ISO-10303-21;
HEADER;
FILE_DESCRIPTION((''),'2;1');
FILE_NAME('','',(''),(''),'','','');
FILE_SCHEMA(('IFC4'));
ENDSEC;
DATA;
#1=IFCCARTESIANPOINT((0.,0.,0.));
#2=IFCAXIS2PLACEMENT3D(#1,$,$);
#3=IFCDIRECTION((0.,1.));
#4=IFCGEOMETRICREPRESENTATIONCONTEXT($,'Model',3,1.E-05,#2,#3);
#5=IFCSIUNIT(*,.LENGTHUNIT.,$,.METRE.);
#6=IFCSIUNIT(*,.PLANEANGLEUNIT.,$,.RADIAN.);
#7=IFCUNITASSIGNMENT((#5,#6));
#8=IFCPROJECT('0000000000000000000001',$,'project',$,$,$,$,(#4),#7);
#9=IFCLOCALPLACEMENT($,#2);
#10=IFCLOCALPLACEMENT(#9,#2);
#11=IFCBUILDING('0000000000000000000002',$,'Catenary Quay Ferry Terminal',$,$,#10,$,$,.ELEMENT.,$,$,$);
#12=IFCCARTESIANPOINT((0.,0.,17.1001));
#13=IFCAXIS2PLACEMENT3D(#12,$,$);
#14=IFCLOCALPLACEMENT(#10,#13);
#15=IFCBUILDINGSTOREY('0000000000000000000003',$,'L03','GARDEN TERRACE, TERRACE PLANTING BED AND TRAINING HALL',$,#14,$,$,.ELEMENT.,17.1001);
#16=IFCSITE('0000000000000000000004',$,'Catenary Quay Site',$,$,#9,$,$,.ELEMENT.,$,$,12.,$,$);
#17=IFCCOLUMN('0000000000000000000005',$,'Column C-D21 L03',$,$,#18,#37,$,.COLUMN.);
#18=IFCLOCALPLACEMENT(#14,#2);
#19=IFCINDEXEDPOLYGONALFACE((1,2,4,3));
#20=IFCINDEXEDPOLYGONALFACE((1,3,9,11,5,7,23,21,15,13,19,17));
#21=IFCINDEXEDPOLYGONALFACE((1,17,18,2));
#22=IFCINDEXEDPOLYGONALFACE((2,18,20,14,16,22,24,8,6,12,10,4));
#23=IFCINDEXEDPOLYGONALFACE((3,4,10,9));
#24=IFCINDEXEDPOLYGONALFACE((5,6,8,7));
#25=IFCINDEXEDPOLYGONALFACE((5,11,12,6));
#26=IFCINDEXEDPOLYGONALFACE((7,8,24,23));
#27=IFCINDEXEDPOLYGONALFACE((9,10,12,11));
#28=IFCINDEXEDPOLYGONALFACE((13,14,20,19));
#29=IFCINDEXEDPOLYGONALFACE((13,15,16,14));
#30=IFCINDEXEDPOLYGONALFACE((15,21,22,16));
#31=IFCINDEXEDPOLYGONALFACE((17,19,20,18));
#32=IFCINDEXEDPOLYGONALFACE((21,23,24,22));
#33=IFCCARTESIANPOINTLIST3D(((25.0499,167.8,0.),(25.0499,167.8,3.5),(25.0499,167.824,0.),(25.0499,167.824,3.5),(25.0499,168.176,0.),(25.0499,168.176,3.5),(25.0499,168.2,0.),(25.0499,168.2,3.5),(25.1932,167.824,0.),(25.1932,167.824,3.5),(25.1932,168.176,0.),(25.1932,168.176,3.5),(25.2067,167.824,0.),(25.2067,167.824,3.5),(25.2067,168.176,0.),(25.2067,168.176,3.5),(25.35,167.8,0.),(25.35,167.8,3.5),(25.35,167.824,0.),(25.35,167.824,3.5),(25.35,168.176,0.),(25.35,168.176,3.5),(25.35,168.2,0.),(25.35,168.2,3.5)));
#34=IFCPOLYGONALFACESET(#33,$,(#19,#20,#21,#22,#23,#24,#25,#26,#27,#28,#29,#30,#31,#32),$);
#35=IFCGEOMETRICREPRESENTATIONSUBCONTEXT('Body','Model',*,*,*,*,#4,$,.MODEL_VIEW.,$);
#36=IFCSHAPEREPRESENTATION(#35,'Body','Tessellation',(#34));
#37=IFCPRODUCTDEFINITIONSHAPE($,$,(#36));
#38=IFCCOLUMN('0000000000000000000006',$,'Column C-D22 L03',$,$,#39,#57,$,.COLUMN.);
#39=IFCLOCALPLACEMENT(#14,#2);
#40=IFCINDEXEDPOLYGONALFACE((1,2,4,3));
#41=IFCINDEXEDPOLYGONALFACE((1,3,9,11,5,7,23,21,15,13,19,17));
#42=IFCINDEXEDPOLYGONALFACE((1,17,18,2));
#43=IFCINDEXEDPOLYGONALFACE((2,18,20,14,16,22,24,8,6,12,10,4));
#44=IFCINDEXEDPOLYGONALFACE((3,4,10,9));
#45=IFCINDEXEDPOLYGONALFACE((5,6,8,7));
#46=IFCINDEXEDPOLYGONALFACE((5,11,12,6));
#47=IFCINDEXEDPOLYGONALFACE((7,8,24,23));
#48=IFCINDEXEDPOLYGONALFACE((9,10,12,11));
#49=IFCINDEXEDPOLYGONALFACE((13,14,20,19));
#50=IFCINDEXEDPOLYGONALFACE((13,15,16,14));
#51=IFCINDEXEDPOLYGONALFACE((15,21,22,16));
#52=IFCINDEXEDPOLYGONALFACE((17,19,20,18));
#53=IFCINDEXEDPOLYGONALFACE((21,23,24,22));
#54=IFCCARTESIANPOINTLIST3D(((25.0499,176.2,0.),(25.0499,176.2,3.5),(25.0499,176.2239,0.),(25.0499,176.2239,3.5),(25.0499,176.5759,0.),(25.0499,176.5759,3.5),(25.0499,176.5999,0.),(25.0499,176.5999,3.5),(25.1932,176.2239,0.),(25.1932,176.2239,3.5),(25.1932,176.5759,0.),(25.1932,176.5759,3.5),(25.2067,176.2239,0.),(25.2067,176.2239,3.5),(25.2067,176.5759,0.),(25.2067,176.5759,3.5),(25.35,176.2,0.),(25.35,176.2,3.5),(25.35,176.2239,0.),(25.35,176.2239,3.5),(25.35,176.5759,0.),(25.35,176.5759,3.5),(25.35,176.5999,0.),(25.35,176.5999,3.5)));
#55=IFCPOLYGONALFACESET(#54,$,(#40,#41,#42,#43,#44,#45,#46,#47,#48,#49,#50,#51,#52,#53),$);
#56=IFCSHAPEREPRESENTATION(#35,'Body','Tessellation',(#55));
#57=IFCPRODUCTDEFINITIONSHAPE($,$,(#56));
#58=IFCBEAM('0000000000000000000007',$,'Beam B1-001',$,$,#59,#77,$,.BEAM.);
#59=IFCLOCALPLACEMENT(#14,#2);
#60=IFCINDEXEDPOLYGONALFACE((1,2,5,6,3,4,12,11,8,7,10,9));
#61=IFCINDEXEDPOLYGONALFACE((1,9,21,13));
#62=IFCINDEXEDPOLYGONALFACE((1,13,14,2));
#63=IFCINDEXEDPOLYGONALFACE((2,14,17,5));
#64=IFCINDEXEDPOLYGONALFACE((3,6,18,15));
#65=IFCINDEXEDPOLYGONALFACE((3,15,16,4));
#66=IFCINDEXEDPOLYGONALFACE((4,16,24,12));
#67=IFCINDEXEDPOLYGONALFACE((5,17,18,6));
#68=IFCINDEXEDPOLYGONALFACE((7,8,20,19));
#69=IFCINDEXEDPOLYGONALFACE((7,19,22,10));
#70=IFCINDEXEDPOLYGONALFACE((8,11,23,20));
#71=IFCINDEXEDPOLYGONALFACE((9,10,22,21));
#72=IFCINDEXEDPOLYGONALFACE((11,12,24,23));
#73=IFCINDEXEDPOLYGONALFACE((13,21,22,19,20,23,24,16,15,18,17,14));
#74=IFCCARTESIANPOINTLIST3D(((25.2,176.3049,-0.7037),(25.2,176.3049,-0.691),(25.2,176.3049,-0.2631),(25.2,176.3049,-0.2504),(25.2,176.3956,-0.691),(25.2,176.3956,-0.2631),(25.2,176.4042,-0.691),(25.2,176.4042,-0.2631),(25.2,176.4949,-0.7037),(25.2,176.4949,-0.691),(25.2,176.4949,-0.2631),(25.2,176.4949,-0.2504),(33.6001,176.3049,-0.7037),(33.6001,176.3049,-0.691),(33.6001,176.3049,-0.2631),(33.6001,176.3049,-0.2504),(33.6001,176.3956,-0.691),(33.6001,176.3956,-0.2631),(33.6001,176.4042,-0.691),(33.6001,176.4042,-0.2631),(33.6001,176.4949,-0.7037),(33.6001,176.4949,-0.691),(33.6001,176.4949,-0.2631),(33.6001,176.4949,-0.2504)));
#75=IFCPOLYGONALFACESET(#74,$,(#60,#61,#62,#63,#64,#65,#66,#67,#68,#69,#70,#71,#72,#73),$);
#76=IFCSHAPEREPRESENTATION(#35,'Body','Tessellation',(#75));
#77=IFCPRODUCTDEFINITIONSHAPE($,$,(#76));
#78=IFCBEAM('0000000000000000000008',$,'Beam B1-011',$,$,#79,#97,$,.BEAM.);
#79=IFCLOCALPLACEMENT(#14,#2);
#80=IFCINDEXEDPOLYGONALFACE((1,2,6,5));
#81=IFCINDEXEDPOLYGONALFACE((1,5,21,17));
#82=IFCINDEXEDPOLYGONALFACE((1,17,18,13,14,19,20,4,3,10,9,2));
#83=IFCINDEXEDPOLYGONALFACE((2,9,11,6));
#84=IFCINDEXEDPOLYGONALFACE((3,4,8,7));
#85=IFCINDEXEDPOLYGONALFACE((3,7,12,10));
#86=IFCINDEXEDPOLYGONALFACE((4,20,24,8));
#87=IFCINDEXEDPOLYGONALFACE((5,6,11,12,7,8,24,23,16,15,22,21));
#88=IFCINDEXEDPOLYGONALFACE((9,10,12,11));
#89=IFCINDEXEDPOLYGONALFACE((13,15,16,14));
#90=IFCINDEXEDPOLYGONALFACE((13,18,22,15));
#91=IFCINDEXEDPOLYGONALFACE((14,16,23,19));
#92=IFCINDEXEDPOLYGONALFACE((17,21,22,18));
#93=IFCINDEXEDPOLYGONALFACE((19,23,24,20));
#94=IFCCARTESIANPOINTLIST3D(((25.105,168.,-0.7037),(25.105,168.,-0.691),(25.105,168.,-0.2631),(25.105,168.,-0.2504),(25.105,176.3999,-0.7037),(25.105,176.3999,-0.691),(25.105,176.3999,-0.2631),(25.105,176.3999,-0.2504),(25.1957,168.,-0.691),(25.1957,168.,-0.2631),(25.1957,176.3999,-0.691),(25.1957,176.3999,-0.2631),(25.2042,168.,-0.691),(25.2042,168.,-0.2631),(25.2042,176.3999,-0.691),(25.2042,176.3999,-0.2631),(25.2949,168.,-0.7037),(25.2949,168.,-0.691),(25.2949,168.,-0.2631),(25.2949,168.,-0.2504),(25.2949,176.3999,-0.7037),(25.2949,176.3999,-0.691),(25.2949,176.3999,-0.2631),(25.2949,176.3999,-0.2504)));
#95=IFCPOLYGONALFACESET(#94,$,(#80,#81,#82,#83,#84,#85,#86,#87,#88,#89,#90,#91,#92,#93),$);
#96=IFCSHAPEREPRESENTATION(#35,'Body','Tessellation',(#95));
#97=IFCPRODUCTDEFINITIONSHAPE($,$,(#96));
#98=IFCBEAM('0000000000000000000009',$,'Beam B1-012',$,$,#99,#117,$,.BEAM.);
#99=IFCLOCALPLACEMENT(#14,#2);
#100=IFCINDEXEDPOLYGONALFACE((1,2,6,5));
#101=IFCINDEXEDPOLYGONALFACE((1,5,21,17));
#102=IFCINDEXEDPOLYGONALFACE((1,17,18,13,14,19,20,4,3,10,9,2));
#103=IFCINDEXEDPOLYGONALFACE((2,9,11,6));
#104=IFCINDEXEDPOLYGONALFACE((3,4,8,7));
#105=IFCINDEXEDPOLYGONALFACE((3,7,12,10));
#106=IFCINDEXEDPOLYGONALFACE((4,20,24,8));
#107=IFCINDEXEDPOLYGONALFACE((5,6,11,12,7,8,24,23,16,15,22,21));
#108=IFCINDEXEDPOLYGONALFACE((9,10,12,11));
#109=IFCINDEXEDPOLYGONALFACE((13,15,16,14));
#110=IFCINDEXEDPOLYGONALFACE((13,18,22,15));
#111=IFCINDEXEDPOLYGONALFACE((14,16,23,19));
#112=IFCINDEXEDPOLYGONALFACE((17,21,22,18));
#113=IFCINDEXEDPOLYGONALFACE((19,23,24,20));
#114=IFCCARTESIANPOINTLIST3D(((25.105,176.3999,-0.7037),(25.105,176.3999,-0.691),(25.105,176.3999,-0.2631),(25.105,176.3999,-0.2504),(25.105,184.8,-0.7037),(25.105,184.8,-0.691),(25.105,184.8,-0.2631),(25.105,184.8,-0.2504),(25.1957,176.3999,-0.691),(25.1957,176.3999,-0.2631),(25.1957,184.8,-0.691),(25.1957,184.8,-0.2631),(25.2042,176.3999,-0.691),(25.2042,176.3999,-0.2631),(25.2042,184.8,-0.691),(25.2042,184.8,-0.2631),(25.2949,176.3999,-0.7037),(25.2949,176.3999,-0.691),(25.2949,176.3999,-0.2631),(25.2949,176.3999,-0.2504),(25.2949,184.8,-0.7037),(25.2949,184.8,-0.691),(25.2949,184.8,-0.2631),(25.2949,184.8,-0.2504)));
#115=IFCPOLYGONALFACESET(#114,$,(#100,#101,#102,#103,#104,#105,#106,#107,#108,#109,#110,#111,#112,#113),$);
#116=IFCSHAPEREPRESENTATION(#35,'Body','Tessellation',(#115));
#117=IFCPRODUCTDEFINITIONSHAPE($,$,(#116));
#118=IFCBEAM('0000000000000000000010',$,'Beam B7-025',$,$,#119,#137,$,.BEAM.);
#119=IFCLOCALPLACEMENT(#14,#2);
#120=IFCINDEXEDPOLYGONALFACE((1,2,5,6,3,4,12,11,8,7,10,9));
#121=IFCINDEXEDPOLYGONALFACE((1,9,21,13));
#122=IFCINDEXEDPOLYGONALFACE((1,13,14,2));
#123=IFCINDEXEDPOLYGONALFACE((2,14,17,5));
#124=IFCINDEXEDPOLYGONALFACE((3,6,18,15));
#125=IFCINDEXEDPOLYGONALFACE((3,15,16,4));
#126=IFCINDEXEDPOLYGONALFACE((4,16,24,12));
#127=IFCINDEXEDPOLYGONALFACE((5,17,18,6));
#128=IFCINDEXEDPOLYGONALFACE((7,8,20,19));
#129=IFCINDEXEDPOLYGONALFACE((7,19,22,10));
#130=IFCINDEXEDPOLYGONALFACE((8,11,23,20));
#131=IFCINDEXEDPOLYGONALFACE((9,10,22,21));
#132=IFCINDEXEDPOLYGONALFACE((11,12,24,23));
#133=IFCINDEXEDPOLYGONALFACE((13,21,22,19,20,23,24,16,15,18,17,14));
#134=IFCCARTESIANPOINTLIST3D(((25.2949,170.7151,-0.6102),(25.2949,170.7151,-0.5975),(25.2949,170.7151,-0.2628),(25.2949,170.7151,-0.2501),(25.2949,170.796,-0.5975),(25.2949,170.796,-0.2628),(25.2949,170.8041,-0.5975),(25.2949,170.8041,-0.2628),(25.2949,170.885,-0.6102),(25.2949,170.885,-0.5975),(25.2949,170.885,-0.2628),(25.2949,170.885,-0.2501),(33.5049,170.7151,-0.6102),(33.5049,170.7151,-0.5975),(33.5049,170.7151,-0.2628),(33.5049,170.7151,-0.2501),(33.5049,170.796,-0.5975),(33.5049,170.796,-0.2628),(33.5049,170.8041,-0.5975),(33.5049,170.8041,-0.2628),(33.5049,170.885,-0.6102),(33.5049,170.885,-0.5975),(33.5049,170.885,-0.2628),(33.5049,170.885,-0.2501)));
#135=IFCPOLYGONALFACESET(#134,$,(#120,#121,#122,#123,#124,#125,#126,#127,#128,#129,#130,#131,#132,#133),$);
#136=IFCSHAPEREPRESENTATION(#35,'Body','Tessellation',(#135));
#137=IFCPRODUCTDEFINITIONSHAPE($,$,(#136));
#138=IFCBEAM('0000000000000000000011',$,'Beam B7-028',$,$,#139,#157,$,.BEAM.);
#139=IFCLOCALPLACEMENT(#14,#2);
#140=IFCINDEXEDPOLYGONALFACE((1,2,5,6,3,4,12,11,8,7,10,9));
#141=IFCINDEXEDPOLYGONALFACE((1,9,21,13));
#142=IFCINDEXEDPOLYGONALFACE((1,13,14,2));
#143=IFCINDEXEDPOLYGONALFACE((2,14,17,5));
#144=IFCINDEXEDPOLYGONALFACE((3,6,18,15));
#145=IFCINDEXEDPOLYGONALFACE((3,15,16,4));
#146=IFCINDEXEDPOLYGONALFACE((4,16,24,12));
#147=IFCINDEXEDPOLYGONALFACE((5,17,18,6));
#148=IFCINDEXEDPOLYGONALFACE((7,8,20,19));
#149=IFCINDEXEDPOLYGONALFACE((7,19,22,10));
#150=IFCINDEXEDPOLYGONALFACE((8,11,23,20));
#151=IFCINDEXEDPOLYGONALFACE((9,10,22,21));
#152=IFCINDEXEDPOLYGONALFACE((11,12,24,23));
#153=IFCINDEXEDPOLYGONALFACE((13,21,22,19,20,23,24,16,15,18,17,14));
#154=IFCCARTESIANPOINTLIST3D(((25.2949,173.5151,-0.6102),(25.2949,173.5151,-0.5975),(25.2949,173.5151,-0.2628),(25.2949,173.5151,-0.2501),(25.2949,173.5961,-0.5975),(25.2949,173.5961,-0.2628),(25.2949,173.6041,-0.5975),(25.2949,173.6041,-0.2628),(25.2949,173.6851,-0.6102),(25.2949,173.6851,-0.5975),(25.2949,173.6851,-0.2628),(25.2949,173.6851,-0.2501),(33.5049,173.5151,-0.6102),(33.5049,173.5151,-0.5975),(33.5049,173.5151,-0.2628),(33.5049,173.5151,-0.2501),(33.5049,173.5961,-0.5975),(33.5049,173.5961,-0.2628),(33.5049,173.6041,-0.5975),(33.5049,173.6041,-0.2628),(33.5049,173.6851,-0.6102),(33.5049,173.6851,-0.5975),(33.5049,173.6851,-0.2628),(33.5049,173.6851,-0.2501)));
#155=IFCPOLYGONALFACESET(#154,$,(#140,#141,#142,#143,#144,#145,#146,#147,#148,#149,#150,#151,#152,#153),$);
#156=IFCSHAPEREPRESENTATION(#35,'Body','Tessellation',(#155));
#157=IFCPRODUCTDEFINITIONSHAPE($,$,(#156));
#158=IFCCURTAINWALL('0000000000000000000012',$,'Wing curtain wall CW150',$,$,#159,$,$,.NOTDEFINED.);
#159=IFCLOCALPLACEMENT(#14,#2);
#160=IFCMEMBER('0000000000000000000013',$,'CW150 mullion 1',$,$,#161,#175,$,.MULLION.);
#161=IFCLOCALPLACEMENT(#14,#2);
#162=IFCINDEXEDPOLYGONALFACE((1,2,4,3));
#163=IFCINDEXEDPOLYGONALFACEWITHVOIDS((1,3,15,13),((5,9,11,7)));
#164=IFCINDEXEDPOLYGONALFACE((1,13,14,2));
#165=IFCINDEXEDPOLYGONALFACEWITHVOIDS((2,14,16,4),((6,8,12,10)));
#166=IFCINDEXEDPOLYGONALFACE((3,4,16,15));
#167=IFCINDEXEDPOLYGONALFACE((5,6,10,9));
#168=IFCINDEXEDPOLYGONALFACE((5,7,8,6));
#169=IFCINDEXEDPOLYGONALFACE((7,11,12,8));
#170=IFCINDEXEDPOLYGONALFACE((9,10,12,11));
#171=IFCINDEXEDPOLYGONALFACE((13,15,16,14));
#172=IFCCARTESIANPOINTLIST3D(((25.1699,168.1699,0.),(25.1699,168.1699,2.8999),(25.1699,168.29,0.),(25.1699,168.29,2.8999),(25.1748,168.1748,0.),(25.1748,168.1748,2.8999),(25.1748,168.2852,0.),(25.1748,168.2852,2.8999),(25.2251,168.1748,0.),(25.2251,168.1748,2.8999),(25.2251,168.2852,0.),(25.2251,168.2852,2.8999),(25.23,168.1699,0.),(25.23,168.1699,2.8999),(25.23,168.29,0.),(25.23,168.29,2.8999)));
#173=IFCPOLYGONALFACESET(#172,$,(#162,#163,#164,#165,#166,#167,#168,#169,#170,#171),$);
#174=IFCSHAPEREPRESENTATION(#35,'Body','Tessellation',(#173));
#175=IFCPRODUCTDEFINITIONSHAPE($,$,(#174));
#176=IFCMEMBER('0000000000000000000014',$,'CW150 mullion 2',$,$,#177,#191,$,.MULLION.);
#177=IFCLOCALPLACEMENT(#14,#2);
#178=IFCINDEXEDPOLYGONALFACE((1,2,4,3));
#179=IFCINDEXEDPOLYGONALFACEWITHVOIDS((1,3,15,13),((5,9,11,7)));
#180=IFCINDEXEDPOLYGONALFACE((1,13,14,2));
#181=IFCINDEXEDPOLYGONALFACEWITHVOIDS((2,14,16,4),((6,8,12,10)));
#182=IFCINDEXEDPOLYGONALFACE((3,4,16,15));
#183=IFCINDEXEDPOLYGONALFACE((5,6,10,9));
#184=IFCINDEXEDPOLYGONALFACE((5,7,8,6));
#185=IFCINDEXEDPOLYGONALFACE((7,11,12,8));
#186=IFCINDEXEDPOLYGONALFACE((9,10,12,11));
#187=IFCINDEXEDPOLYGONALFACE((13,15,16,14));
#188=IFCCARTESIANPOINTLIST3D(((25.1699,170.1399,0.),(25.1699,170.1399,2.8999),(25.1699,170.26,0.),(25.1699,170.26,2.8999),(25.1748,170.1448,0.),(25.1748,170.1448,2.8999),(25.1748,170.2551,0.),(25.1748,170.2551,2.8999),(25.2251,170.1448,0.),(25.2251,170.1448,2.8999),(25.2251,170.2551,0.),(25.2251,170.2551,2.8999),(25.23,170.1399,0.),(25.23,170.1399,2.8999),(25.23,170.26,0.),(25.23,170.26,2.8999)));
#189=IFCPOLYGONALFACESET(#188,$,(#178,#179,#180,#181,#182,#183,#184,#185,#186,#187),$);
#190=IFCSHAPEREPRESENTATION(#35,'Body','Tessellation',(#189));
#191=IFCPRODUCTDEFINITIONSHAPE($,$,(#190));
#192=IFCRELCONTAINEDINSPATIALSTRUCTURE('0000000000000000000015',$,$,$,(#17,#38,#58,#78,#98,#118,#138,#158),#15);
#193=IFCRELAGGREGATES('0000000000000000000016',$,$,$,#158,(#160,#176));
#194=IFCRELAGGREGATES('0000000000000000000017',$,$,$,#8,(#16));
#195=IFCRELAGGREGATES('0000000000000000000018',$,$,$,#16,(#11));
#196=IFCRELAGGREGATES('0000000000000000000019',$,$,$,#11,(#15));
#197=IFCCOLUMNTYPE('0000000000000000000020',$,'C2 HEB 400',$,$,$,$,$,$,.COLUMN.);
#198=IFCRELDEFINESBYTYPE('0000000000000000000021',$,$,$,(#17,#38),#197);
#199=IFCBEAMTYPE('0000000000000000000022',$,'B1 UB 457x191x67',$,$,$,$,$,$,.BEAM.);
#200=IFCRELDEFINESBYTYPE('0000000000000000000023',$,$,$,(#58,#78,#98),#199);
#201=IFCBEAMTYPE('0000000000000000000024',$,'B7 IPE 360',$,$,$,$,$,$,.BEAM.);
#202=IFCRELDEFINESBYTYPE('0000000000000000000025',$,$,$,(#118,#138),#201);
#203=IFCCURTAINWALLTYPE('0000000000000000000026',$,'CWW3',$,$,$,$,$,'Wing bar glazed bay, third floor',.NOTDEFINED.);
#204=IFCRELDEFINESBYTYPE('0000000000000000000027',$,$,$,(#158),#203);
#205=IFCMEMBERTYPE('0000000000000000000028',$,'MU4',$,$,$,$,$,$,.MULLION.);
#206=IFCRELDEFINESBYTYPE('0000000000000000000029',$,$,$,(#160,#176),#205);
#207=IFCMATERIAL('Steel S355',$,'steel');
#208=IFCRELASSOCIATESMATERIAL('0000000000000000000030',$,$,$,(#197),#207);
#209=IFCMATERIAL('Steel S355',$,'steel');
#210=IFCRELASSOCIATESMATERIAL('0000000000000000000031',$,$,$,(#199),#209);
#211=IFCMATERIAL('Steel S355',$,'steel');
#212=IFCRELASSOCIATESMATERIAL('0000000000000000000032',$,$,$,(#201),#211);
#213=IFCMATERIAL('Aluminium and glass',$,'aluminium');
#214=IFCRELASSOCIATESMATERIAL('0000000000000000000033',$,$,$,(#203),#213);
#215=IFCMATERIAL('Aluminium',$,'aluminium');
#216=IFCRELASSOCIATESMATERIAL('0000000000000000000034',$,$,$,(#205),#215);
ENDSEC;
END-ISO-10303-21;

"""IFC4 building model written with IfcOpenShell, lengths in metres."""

from ifc_helpers import new_model, si_unit, direction, frame, origin, origin_2d, place, context, subcontext, project, spatial, hollow_rectangle, i_section, extrude, material, material_profile, profile_set, type_object, element, aggregate, save


model = new_model("IFC4")

# Units and contexts
model_context = context("Model", 3, precision=1e-05, world=origin(), true_north=direction((0.0, 1.0)))
body_context = subcontext(model_context, "Body", "Model", "MODEL_VIEW")
ifc_project = project(units=[si_unit("LENGTHUNIT", "METRE"), si_unit("PLANEANGLEUNIT", "RADIAN")], contexts=[model_context])

# Site, building, storey
site_placement = place(None, origin())
site = spatial("IfcSite", under=ifc_project, at=site_placement, Name="Catenary Quay Site", CompositionType="ELEMENT", RefElevation=12.0)
building_placement = place(site_placement, origin())
building = spatial("IfcBuilding", under=site, at=building_placement, Name="Catenary Quay Ferry Terminal", CompositionType="ELEMENT")
storey_placement = place(building_placement, frame((0.0, 0.0, 17.1001)))
storey = spatial("IfcBuildingStorey", under=building, at=storey_placement, Name="L03", Description="GARDEN TERRACE, TERRACE PLANTING BED AND TRAINING HALL", CompositionType="ELEMENT", Elevation=17.1001)

# Columns
ifc_material_1 = material(Name="Steel S355", Category="steel")
ifc_material_profile_1 = material_profile(ifc_material_1, i_section(OverallWidth=0.3, OverallDepth=0.3999, WebThickness=0.0134, FlangeThickness=0.0239, at=origin_2d()), Name="HEB 400")
ifc_profile_set_1 = profile_set([ifc_material_profile_1], Name="Steel S355")
column_type = type_object("IfcColumnType", Name="C2 HEB 400", PredefinedType="COLUMN", material=ifc_profile_set_1)
for number, where, z_axis, x_axis, name in (
    (1, (25.2, 168.0, 0.0), (0.0, 0.0, 1.0), (1.0, 0.0, 0.0), "Column C-D21 L03"),
    (2, (25.2, 176.3999, 0.0), (0.0, 0.0, 1.0), (1.0, 0.0, 0.0), "Column C-D22 L03"),
):
    element("IfcColumn", number, at=place(storey_placement, frame(where, z_axis=z_axis, x_axis=x_axis)), inside=storey, type_object=column_type, Name=name, PredefinedType="COLUMN", context=body_context, shape_type="SweptSolid", body=[
        extrude(i_section(OverallWidth=0.3, OverallDepth=0.3999, WebThickness=0.0134, FlangeThickness=0.0239, at=origin_2d()), origin(), (0.0, 0.0, 1.0), 3.5),
    ])

# Beams
ifc_material_2 = material(Name="Steel S355", Category="steel")
ifc_material_profile_2 = material_profile(ifc_material_2, i_section(OverallWidth=0.1899, OverallDepth=0.4534, WebThickness=0.0085, FlangeThickness=0.0127, at=origin_2d()), Name="UB 457x191x67")
ifc_profile_set_2 = profile_set([ifc_material_profile_2], Name="Steel S355")
beam_type_1 = type_object("IfcBeamType", Name="B1 UB 457x191x67", PredefinedType="BEAM", material=ifc_profile_set_2)
beam_1_placement = place(storey_placement, frame((25.2, 176.3999, -0.4771), z_axis=(1.0, 0.0, 0.0), x_axis=(0.0, 1.0, 0.0)))
element("IfcBeam", 3, at=beam_1_placement, inside=storey, type_object=beam_type_1, Name="Beam B1-001", PredefinedType="BEAM", context=body_context, shape_type="SweptSolid", body=[
    extrude(i_section(OverallWidth=0.1899, OverallDepth=0.4534, WebThickness=0.0085, FlangeThickness=0.0127, at=origin_2d()), origin(), (0.0, 0.0, 1.0), 8.4001),
])
beam_2_placement = place(storey_placement, frame((25.2, 168.0, -0.4771), z_axis=(0.0, 1.0, 0.0), x_axis=(-1.0, 0.0, 0.0)))
element("IfcBeam", 4, at=beam_2_placement, inside=storey, type_object=beam_type_1, Name="Beam B1-011", PredefinedType="BEAM", context=body_context, shape_type="SweptSolid", body=[
    extrude(i_section(OverallWidth=0.1899, OverallDepth=0.4534, WebThickness=0.0085, FlangeThickness=0.0127, at=origin_2d()), origin(), (0.0, 0.0, 1.0), 8.3999),
])
beam_3_placement = place(storey_placement, frame((25.2, 176.3999, -0.4771), z_axis=(0.0, 1.0, 0.0), x_axis=(-1.0, 0.0, 0.0)))
element("IfcBeam", 5, at=beam_3_placement, inside=storey, type_object=beam_type_1, Name="Beam B1-012", PredefinedType="BEAM", context=body_context, shape_type="SweptSolid", body=[
    extrude(i_section(OverallWidth=0.1899, OverallDepth=0.4534, WebThickness=0.0085, FlangeThickness=0.0127, at=origin_2d()), origin(), (0.0, 0.0, 1.0), 8.4001),
])
ifc_material_3 = material(Name="Steel S355", Category="steel")
ifc_material_profile_3 = material_profile(ifc_material_3, i_section(OverallWidth=0.1699, OverallDepth=0.3601, WebThickness=0.0081, FlangeThickness=0.0127, at=origin_2d()), Name="IPE 360")
ifc_profile_set_3 = profile_set([ifc_material_profile_3], Name="Steel S355")
beam_type_2 = type_object("IfcBeamType", Name="B7 IPE 360", PredefinedType="BEAM", material=ifc_profile_set_3)
for number, where, z_axis, x_axis, name in (
    (6, (25.2949, 170.8, -0.4302), (1.0, 0.0, 0.0), (0.0, 1.0, 0.0), "Beam B7-025"),
    (7, (25.2949, 173.6001, -0.4302), (1.0, 0.0, 0.0), (0.0, 1.0, 0.0), "Beam B7-028"),
):
    element("IfcBeam", number, at=place(storey_placement, frame(where, z_axis=z_axis, x_axis=x_axis)), inside=storey, type_object=beam_type_2, Name=name, PredefinedType="BEAM", context=body_context, shape_type="SweptSolid", body=[
        extrude(i_section(OverallWidth=0.1699, OverallDepth=0.3601, WebThickness=0.0081, FlangeThickness=0.0127, at=origin_2d()), origin(), (0.0, 0.0, 1.0), 8.21),
    ])

# Curtain wall, members
ifc_material_4 = material(Name="Aluminium and glass", Category="aluminium")
curtain_wall_type = type_object("IfcCurtainWallType", Name="CWW3", ElementType="Wing bar glazed bay, third floor", PredefinedType="NOTDEFINED", material=ifc_material_4)
curtain_wall_1_placement = place(storey_placement, origin())
curtain_wall_1 = element("IfcCurtainWall", 8, at=curtain_wall_1_placement, inside=storey, type_object=curtain_wall_type, Name="Wing curtain wall CW150", PredefinedType="NOTDEFINED")
ifc_material_5 = material(Name="Aluminium", Category="aluminium")
ifc_material_profile_4 = material_profile(ifc_material_5, hollow_rectangle(XDim=0.0601, YDim=0.1201, WallThickness=0.0049, at=origin_2d()), Name="MU4")
ifc_profile_set_4 = profile_set([ifc_material_profile_4], Name="Aluminium")
member_type_1 = type_object("IfcMemberType", Name="MU4", PredefinedType="MULLION", material=ifc_profile_set_4)
member_1_placement = place(storey_placement, frame((25.2, 168.23, 0.0), z_axis=(0.0, 0.0, 1.0), x_axis=(-1.0, 0.0, 0.0)))
member_1 = element("IfcMember", 9, at=member_1_placement, type_object=member_type_1, Name="CW150 mullion 1", PredefinedType="MULLION", context=body_context, shape_type="SweptSolid", body=[
    extrude(hollow_rectangle(XDim=0.0601, YDim=0.1201, WallThickness=0.0049, at=origin_2d()), origin(), (0.0, 0.0, 1.0), 2.8999),
])
member_2_placement = place(storey_placement, frame((25.2, 170.2, 0.0), z_axis=(0.0, 0.0, 1.0), x_axis=(-1.0, 0.0, 0.0)))
member_2 = element("IfcMember", 10, at=member_2_placement, type_object=member_type_1, Name="CW150 mullion 2", PredefinedType="MULLION", context=body_context, shape_type="SweptSolid", body=[
    extrude(hollow_rectangle(XDim=0.0601, YDim=0.1201, WallThickness=0.0049, at=origin_2d()), origin(), (0.0, 0.0, 1.0), 2.8999),
])

aggregate(curtain_wall_1, [member_1, member_2])

save(model, "model.ifc")
